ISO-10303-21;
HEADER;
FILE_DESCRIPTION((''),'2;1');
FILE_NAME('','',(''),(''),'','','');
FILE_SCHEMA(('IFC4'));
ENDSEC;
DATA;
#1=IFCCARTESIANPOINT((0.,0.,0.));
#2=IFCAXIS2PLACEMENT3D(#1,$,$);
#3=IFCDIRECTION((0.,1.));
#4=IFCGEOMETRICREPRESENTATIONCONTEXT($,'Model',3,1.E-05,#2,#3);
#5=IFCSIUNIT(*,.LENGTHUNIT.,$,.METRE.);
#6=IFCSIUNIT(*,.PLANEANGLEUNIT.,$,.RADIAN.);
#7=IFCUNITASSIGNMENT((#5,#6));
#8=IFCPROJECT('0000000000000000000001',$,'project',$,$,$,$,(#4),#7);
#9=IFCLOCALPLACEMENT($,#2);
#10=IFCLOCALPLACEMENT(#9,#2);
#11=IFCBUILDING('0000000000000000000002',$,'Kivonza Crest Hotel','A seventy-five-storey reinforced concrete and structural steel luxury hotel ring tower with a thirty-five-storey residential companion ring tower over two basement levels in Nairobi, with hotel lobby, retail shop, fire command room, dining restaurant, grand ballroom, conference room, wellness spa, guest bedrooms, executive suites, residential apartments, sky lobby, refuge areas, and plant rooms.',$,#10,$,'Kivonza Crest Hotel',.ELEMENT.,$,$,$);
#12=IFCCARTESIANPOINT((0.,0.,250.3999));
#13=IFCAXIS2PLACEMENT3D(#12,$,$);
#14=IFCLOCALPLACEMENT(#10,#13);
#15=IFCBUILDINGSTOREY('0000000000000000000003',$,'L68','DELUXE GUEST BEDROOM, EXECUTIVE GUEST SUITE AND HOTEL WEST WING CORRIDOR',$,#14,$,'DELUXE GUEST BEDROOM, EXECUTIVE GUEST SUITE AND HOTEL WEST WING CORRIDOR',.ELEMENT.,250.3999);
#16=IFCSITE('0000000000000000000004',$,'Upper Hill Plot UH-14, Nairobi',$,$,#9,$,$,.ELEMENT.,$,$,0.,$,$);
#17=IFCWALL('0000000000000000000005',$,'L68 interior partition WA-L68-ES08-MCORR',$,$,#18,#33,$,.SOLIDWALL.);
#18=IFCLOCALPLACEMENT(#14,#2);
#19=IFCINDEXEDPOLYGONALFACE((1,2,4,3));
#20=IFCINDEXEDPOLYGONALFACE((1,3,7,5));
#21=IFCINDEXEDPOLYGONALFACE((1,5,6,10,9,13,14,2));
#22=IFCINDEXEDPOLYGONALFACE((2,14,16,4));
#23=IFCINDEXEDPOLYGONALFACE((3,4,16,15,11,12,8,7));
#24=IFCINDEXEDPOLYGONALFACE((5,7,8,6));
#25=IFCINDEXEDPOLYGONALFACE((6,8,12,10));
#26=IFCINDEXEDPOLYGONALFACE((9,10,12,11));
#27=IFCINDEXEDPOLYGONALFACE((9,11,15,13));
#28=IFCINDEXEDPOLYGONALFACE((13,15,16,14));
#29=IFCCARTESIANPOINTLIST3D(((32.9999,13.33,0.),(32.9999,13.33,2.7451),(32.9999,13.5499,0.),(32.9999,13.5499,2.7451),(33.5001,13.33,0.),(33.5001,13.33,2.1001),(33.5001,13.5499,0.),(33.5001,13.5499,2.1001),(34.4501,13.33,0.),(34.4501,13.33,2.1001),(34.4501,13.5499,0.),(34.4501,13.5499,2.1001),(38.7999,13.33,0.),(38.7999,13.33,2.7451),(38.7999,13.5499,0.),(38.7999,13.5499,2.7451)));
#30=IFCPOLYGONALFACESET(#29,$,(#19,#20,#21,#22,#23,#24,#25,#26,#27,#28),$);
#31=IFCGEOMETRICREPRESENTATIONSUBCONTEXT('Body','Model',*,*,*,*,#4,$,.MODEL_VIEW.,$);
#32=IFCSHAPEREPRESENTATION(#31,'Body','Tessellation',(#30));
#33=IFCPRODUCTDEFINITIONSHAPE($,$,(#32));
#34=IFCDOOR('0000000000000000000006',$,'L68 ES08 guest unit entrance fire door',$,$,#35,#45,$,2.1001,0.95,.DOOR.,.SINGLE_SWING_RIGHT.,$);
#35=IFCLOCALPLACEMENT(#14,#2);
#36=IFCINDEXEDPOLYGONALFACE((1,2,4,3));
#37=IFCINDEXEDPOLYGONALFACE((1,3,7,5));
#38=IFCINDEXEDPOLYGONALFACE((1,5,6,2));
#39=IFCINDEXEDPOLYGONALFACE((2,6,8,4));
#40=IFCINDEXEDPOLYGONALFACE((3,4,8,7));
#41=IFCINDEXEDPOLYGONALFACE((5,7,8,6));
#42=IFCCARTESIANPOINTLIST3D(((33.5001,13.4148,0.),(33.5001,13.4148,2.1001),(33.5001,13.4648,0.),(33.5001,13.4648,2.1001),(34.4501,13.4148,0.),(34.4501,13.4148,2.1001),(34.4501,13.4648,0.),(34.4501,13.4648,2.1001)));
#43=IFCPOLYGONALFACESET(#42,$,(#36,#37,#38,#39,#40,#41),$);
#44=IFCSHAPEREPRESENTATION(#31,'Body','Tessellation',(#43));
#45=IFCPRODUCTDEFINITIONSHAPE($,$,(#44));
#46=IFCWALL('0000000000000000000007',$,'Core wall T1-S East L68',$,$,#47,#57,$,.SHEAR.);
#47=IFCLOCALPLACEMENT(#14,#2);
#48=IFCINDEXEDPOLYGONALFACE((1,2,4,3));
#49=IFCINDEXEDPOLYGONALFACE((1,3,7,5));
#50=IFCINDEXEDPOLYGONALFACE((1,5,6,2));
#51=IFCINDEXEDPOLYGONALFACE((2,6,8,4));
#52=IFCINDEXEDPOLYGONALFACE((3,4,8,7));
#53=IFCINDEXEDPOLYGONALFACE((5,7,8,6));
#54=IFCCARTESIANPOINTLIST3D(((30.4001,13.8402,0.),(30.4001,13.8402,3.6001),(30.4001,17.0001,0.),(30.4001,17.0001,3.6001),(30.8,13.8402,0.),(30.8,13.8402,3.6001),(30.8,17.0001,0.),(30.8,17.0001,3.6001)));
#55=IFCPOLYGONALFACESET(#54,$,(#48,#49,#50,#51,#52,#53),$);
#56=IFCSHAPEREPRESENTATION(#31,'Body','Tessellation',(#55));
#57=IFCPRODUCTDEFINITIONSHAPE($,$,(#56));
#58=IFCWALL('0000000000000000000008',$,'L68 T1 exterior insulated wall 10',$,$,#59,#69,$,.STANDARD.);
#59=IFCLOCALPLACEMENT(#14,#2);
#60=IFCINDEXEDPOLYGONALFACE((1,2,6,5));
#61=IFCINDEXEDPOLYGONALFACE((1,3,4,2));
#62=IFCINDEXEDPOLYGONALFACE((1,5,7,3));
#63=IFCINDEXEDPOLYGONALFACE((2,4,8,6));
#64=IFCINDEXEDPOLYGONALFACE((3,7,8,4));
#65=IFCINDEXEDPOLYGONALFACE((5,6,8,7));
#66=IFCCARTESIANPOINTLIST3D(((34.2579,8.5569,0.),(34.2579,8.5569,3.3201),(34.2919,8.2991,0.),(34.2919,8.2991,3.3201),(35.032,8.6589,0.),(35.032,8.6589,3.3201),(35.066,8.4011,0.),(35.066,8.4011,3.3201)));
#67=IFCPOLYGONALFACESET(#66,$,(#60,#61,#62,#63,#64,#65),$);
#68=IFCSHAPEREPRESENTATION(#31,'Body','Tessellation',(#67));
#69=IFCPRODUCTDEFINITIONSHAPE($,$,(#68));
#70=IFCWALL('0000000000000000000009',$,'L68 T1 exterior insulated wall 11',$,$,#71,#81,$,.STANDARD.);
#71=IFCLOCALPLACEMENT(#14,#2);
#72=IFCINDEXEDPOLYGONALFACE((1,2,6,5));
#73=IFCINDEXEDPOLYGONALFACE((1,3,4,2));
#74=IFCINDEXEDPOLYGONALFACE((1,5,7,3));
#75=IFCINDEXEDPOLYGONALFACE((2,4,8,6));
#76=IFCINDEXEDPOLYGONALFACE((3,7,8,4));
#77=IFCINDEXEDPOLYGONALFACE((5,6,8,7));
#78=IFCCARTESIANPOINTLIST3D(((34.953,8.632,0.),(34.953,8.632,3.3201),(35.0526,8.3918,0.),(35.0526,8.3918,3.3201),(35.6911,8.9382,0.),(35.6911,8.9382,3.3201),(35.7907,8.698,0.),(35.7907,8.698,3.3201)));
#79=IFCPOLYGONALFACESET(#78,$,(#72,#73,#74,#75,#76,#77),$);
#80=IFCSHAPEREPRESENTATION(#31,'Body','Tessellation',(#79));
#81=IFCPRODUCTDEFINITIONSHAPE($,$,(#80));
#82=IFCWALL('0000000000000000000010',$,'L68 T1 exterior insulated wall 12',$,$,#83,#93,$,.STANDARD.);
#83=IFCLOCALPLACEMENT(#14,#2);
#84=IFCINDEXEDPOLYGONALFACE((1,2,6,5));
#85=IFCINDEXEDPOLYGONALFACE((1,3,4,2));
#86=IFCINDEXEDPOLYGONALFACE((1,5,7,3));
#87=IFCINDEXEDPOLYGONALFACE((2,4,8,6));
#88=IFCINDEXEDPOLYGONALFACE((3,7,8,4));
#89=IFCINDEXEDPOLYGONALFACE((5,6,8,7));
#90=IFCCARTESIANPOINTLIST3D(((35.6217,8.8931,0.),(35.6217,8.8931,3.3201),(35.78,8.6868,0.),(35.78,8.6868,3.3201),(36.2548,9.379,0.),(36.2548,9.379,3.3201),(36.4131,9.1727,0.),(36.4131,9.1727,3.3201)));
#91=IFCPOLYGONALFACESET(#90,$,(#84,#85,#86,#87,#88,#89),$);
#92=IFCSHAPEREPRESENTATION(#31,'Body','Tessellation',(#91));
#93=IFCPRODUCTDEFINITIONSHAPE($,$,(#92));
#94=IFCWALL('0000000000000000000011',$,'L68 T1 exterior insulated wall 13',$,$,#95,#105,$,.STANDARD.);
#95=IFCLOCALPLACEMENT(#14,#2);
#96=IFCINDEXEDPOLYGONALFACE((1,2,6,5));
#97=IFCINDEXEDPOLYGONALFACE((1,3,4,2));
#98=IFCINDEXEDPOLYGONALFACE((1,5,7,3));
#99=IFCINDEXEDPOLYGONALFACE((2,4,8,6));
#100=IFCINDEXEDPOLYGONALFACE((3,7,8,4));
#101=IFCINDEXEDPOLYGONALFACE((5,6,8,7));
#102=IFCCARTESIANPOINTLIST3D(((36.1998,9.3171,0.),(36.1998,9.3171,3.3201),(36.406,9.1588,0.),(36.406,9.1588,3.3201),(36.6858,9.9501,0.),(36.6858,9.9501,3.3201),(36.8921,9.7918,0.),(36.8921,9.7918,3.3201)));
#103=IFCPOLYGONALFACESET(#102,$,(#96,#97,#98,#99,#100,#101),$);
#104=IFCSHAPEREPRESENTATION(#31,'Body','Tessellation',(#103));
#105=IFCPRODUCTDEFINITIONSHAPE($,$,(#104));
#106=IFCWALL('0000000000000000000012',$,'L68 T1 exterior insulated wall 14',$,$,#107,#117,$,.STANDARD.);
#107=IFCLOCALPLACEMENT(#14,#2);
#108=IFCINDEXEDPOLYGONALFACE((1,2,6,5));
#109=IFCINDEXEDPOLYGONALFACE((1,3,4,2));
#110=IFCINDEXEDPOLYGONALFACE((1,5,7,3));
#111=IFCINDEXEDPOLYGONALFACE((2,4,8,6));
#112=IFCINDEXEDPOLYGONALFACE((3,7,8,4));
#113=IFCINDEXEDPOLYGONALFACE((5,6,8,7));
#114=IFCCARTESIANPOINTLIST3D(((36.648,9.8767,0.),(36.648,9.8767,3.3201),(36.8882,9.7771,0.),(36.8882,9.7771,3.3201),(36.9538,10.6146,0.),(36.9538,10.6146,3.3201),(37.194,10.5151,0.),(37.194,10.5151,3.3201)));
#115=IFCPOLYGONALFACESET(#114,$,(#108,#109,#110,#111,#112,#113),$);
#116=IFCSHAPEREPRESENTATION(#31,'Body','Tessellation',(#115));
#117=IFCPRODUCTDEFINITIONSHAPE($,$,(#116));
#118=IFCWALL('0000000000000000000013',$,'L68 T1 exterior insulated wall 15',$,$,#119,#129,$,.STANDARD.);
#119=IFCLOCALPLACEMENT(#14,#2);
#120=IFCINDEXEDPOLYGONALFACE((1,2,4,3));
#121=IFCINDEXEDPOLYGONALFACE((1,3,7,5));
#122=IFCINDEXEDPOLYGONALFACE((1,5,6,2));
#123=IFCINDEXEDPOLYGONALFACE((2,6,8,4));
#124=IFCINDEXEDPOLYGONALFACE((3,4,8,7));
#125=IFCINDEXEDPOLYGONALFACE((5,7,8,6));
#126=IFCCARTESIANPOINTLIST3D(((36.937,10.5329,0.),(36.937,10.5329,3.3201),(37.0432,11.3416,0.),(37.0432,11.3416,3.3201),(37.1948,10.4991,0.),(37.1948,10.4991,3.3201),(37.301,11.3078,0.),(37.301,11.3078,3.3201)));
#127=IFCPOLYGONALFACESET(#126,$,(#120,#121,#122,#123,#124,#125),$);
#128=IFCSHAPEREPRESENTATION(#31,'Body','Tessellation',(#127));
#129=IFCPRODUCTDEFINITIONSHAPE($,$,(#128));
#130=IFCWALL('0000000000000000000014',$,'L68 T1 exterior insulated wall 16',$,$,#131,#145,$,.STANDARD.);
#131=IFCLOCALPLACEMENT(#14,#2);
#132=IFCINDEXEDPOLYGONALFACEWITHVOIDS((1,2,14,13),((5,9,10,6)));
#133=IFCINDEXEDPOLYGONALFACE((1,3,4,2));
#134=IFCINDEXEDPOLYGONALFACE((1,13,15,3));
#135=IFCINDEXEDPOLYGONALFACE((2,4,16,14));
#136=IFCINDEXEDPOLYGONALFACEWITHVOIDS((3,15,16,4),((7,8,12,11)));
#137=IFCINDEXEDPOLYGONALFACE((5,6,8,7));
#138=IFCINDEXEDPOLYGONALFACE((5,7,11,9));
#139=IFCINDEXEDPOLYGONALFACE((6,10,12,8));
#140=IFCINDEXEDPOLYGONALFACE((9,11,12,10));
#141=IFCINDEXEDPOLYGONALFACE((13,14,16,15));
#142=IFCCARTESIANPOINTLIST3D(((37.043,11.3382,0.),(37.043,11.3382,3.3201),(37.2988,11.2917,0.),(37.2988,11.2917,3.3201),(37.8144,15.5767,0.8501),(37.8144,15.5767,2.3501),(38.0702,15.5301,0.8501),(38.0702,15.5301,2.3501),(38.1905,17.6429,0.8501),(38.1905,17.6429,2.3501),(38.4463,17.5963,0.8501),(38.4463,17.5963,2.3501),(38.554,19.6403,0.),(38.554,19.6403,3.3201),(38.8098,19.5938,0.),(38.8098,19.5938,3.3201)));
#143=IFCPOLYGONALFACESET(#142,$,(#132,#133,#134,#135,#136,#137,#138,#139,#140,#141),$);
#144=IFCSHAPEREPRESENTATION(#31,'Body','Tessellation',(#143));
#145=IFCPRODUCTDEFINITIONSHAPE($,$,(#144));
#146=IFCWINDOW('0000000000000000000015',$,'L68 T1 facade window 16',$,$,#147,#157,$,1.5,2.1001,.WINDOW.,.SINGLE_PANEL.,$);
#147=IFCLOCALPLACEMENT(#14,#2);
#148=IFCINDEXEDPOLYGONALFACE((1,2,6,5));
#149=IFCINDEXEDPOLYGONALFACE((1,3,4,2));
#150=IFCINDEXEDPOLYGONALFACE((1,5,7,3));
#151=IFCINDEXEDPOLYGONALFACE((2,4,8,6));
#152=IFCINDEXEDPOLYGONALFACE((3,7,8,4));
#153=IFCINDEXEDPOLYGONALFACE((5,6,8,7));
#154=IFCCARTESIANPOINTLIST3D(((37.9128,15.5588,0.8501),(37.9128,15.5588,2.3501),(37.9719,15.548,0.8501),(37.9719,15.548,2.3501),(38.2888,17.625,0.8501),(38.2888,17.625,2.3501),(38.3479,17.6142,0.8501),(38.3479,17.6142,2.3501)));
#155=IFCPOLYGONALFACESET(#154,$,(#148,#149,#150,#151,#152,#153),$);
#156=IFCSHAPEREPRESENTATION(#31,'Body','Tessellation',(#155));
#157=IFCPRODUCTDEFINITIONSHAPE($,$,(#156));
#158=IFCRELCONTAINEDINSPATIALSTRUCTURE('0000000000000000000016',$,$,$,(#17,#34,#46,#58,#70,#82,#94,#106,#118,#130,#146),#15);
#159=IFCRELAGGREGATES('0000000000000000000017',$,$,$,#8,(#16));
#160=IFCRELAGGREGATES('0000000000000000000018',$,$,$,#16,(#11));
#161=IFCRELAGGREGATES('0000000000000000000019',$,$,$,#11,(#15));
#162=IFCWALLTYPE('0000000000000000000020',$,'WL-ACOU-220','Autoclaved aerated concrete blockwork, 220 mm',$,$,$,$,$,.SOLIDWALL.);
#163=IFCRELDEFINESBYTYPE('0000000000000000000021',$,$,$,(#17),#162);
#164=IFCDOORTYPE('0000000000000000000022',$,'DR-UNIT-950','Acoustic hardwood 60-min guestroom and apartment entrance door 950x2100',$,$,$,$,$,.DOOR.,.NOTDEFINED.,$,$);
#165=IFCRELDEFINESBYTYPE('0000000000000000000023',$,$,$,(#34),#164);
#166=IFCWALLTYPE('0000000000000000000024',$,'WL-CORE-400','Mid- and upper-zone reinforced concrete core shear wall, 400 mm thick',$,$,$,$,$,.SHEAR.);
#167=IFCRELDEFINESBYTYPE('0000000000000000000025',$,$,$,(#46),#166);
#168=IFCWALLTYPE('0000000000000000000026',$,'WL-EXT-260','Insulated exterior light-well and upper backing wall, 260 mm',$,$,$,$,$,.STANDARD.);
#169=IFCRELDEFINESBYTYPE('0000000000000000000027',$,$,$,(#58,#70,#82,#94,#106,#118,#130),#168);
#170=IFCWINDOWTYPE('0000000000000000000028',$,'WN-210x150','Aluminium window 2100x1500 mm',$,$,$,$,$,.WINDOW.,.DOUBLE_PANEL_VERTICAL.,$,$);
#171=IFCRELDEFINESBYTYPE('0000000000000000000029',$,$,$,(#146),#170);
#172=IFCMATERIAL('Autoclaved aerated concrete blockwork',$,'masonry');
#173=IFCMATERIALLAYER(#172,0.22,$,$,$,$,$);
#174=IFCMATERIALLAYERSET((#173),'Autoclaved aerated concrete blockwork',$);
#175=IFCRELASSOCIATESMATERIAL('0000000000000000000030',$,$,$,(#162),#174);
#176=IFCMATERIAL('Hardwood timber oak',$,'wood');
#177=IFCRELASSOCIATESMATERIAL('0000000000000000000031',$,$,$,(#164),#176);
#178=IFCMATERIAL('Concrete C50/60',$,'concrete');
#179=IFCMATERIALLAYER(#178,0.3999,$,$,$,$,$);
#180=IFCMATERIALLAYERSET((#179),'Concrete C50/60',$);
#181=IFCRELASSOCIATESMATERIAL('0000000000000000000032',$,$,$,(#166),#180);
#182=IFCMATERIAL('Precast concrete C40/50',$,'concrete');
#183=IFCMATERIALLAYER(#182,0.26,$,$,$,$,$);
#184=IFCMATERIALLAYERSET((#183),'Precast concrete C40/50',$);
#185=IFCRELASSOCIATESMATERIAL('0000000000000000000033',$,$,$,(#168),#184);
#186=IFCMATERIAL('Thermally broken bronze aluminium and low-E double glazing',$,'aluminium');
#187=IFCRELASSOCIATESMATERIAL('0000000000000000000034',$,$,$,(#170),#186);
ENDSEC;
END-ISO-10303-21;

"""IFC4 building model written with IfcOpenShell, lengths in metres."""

from ifc_helpers import new_model, si_unit, direction, frame, frame_2d, origin, place, context, subcontext, project, spatial, rectangle, extrude, material, layer, layer_set, type_object, element, fill, save


model = new_model("IFC4")

# Units and contexts
model_context = context("Model", 3, precision=1e-05, world=origin(), true_north=direction((0.0, 1.0)))
body_context = subcontext(model_context, "Body", "Model", "MODEL_VIEW")
ifc_project = project(units=[si_unit("LENGTHUNIT", "METRE"), si_unit("PLANEANGLEUNIT", "RADIAN")], contexts=[model_context])

# Site, building, storey
site_placement = place(None, origin())
site = spatial("IfcSite", under=ifc_project, at=site_placement, Name="Upper Hill Plot UH-14, Nairobi", CompositionType="ELEMENT", RefElevation=0.0)
building_placement = place(site_placement, origin())
building = spatial("IfcBuilding", under=site, at=building_placement, Name="Kivonza Crest Hotel", Description="A seventy-five-storey reinforced concrete and structural steel luxury hotel ring tower with a thirty-five-storey residential companion ring tower over two basement levels in Nairobi, with hotel lobby, retail shop, fire command room, dining restaurant, grand ballroom, conference room, wellness spa, guest bedrooms, executive suites, residential apartments, sky lobby, refuge areas, and plant rooms.", LongName="Kivonza Crest Hotel", CompositionType="ELEMENT")
storey_placement = place(building_placement, frame((0.0, 0.0, 250.3999)))
storey = spatial("IfcBuildingStorey", under=building, at=storey_placement, Name="L68", Description="DELUXE GUEST BEDROOM, EXECUTIVE GUEST SUITE AND HOTEL WEST WING CORRIDOR", LongName="DELUXE GUEST BEDROOM, EXECUTIVE GUEST SUITE AND HOTEL WEST WING CORRIDOR", CompositionType="ELEMENT", Elevation=250.3999)

# Shared definitions
ifc_material_1 = material(Name="Concrete C50/60", Category="concrete")

# Shared definitions
ifc_material_2 = material(Name="Autoclaved aerated concrete blockwork", Category="masonry")
ifc_layer_1 = layer(ifc_material_2, 0.22)
ifc_layer_set_1 = layer_set([ifc_layer_1], Name="Autoclaved aerated concrete blockwork")
wall_type_1 = type_object("IfcWallType", Name="WL-ACOU-220", Description="Autoclaved aerated concrete blockwork, 220 mm", PredefinedType="SOLIDWALL", material=ifc_layer_set_1)

# Wall, opening, door
wall_1_placement = place(storey_placement, frame((33.0, 13.4399, 0.0), z_axis=(0.0, 0.0, 1.0), x_axis=(1.0, 0.0, 0.0)))
wall_1 = element("IfcWall", 1, at=wall_1_placement, inside=storey, type_object=wall_type_1, Name="L68 interior partition WA-L68-ES08-MCORR", PredefinedType="SOLIDWALL", context=body_context, shape_type="SweptSolid", body=[
    extrude(rectangle(XDim=5.8, YDim=0.22, at=frame_2d((2.8999, 0.0))), origin(), (0.0, 0.0, 1.0), 2.7451),
])
opening_1_placement = place(wall_1_placement, frame((0.5, 0.0, 0.0)))
opening_1 = element("IfcOpeningElement", 2, at=opening_1_placement, cuts=wall_1, PredefinedType="OPENING", context=body_context, shape_type="SweptSolid", body=[
    extrude(rectangle(XDim=0.95, YDim=2.1001, at=frame_2d((0.4751, 1.05))), frame((0.0, 0.1201, 0.0), z_axis=(0.0, -1.0, 0.0), x_axis=(1.0, 0.0, 0.0)), (0.0, 0.0, 1.0), 0.24),
])
ifc_material_3 = material(Name="Hardwood timber oak", Category="wood")
door_type_1 = type_object("IfcDoorType", Name="DR-UNIT-950", Description="Acoustic hardwood 60-min guestroom and apartment entrance door 950x2100", OperationType="NOTDEFINED", PredefinedType="DOOR", material=ifc_material_3)
door_1_placement = place(opening_1_placement, origin())
door_1 = element("IfcDoor", 3, at=door_1_placement, inside=storey, type_object=door_type_1, Name="L68 ES08 guest unit entrance fire door", OperationType="SINGLE_SWING_RIGHT", OverallHeight=2.1001, OverallWidth=0.95, PredefinedType="DOOR", context=body_context, shape_type="SweptSolid", body=[
    extrude(rectangle(XDim=0.95, YDim=2.1001, at=frame_2d((0.4751, 1.05))), frame((0.0, 0.0249, 0.0), z_axis=(0.0, -1.0, 0.0), x_axis=(1.0, 0.0, 0.0)), (0.0, 0.0, 1.0), 0.05),
])
fill(opening_1, door_1)

# Walls
ifc_layer_2 = layer(ifc_material_1, 0.3999)
ifc_layer_set_2 = layer_set([ifc_layer_2], Name="Concrete C50/60")
wall_type_2 = type_object("IfcWallType", Name="WL-CORE-400", Description="Mid- and upper-zone reinforced concrete core shear wall, 400 mm thick", PredefinedType="SHEAR", material=ifc_layer_set_2)
wall_2_placement = place(storey_placement, frame((30.6001, 13.8401, 0.0), z_axis=(0.0, 0.0, 1.0), x_axis=(0.0, 1.0, 0.0)))
element("IfcWall", 4, at=wall_2_placement, inside=storey, type_object=wall_type_2, Name="Core wall T1-S East L68", PredefinedType="SHEAR", context=body_context, shape_type="SweptSolid", body=[
    extrude(rectangle(XDim=3.1599, YDim=0.3999, at=frame_2d((1.5801, 0.0))), origin(), (0.0, 0.0, 1.0), 3.6001),
])
ifc_material_4 = material(Name="Precast concrete C40/50", Category="concrete")
ifc_layer_3 = layer(ifc_material_4, 0.26)
ifc_layer_set_3 = layer_set([ifc_layer_3], Name="Precast concrete C40/50")
wall_type_3 = type_object("IfcWallType", Name="WL-EXT-260", Description="Insulated exterior light-well and upper backing wall, 260 mm", PredefinedType="STANDARD", material=ifc_layer_set_3)
wall_3_placement = place(storey_placement, frame((34.2749, 8.428, 0.0), z_axis=(0.0, 0.0, 1.0), x_axis=(0.991423, 0.130689, 0.0)))
element("IfcWall", 5, at=wall_3_placement, inside=storey, type_object=wall_type_3, Name="L68 T1 exterior insulated wall 10", PredefinedType="STANDARD", context=body_context, shape_type="SweptSolid", body=[
    extrude(rectangle(XDim=0.7808, YDim=0.26, at=frame_2d((0.3904, 0.0))), origin(), (0.0, 0.0, 1.0), 3.3201),
])
wall_4_placement = place(storey_placement, frame((35.0029, 8.512, 0.0), z_axis=(0.0, 0.0, 1.0), x_axis=(0.923681, 0.383161, 0.0)))
element("IfcWall", 6, at=wall_4_placement, inside=storey, type_object=wall_type_3, Name="L68 T1 exterior insulated wall 11", PredefinedType="STANDARD", context=body_context, shape_type="SweptSolid", body=[
    extrude(rectangle(XDim=0.7991, YDim=0.26, at=frame_2d((0.3994, 0.0))), origin(), (0.0, 0.0, 1.0), 3.3201),
])
for number, where, z_axis, x_axis, name in (
    (7, (35.7009, 8.79, 0.0), (0.0, 0.0, 1.0), (0.793306, 0.608823, 0.0), "L68 T1 exterior insulated wall 12"),
    (8, (36.303, 9.238, 0.0), (0.0, 0.0, 1.0), (0.609016, 0.793158, 0.0), "L68 T1 exterior insulated wall 13"),
):
    element("IfcWall", number, at=place(storey_placement, frame(where, z_axis=z_axis, x_axis=x_axis)), inside=storey, type_object=wall_type_3, Name=name, PredefinedType="STANDARD", context=body_context, shape_type="SweptSolid", body=[
        extrude(rectangle(XDim=0.7981, YDim=0.26, at=frame_2d((0.3989, 0.0))), origin(), (0.0, 0.0, 1.0), 3.3201),
    ])
wall_5_placement = place(storey_placement, frame((36.7681, 9.8269, 0.0), z_axis=(0.0, 0.0, 1.0), x_axis=(0.382901, 0.92379, 0.0)))
element("IfcWall", 9, at=wall_5_placement, inside=storey, type_object=wall_type_3, Name="L68 T1 exterior insulated wall 14", PredefinedType="STANDARD", context=body_context, shape_type="SweptSolid", body=[
    extrude(rectangle(XDim=0.7988, YDim=0.26, at=frame_2d((0.3994, 0.0))), origin(), (0.0, 0.0, 1.0), 3.3201),
])
wall_6_placement = place(storey_placement, frame((37.0659, 10.5161, 0.0), z_axis=(0.0, 0.0, 1.0), x_axis=(0.130184, 0.99149, 0.0)))
element("IfcWall", 10, at=wall_6_placement, inside=storey, type_object=wall_type_3, Name="L68 T1 exterior insulated wall 15", PredefinedType="STANDARD", context=body_context, shape_type="SweptSolid", body=[
    extrude(rectangle(XDim=0.8157, YDim=0.26, at=frame_2d((0.4077, 0.0))), origin(), (0.0, 0.0, 1.0), 3.3201),
])

# Wall, opening, window
wall_7_placement = place(storey_placement, frame((37.1709, 11.3149, 0.0), z_axis=(0.0, 0.0, 1.0), x_axis=(0.179061, 0.983838, 0.0)))
wall_7 = element("IfcWall", 11, at=wall_7_placement, inside=storey, type_object=wall_type_3, Name="L68 T1 exterior insulated wall 16", PredefinedType="STANDARD", context=body_context, shape_type="SweptSolid", body=[
    extrude(rectangle(XDim=8.4385, YDim=0.26, at=frame_2d((4.2192, 0.0))), origin(), (0.0, 0.0, 1.0), 3.3201),
])
opening_2_placement = place(wall_7_placement, frame((4.3081, 0.0, 0.8501)))
opening_2 = element("IfcOpeningElement", 12, at=opening_2_placement, cuts=wall_7, PredefinedType="OPENING", context=body_context, shape_type="SweptSolid", body=[
    extrude(rectangle(XDim=2.1001, YDim=1.5, at=frame_2d((1.05, 0.75))), frame((0.0, 0.1401, 0.0), z_axis=(0.0, -1.0, 0.0), x_axis=(1.0, 0.0, 0.0)), (0.0, 0.0, 1.0), 0.28),
])
ifc_material_5 = material(Name="Thermally broken bronze aluminium and low-E double glazing", Category="aluminium")
window_type = type_object("IfcWindowType", Name="WN-210x150", Description="Aluminium window 2100x1500 mm", PartitioningType="DOUBLE_PANEL_VERTICAL", PredefinedType="WINDOW", material=ifc_material_5)
window_placement = place(opening_2_placement, origin())
window = element("IfcWindow", 13, at=window_placement, inside=storey, type_object=window_type, Name="L68 T1 facade window 16", OverallHeight=1.5, OverallWidth=2.1001, PartitioningType="SINGLE_PANEL", PredefinedType="WINDOW", context=body_context, shape_type="SweptSolid", body=[
    extrude(rectangle(XDim=2.1001, YDim=1.5, at=frame_2d((1.05, 0.75))), frame((0.0, 0.03, 0.0), z_axis=(0.0, -1.0, 0.0), x_axis=(1.0, 0.0, 0.0)), (0.0, 0.0, 1.0), 0.0601),
])
fill(opening_2, window)

save(model, "model.ifc")
